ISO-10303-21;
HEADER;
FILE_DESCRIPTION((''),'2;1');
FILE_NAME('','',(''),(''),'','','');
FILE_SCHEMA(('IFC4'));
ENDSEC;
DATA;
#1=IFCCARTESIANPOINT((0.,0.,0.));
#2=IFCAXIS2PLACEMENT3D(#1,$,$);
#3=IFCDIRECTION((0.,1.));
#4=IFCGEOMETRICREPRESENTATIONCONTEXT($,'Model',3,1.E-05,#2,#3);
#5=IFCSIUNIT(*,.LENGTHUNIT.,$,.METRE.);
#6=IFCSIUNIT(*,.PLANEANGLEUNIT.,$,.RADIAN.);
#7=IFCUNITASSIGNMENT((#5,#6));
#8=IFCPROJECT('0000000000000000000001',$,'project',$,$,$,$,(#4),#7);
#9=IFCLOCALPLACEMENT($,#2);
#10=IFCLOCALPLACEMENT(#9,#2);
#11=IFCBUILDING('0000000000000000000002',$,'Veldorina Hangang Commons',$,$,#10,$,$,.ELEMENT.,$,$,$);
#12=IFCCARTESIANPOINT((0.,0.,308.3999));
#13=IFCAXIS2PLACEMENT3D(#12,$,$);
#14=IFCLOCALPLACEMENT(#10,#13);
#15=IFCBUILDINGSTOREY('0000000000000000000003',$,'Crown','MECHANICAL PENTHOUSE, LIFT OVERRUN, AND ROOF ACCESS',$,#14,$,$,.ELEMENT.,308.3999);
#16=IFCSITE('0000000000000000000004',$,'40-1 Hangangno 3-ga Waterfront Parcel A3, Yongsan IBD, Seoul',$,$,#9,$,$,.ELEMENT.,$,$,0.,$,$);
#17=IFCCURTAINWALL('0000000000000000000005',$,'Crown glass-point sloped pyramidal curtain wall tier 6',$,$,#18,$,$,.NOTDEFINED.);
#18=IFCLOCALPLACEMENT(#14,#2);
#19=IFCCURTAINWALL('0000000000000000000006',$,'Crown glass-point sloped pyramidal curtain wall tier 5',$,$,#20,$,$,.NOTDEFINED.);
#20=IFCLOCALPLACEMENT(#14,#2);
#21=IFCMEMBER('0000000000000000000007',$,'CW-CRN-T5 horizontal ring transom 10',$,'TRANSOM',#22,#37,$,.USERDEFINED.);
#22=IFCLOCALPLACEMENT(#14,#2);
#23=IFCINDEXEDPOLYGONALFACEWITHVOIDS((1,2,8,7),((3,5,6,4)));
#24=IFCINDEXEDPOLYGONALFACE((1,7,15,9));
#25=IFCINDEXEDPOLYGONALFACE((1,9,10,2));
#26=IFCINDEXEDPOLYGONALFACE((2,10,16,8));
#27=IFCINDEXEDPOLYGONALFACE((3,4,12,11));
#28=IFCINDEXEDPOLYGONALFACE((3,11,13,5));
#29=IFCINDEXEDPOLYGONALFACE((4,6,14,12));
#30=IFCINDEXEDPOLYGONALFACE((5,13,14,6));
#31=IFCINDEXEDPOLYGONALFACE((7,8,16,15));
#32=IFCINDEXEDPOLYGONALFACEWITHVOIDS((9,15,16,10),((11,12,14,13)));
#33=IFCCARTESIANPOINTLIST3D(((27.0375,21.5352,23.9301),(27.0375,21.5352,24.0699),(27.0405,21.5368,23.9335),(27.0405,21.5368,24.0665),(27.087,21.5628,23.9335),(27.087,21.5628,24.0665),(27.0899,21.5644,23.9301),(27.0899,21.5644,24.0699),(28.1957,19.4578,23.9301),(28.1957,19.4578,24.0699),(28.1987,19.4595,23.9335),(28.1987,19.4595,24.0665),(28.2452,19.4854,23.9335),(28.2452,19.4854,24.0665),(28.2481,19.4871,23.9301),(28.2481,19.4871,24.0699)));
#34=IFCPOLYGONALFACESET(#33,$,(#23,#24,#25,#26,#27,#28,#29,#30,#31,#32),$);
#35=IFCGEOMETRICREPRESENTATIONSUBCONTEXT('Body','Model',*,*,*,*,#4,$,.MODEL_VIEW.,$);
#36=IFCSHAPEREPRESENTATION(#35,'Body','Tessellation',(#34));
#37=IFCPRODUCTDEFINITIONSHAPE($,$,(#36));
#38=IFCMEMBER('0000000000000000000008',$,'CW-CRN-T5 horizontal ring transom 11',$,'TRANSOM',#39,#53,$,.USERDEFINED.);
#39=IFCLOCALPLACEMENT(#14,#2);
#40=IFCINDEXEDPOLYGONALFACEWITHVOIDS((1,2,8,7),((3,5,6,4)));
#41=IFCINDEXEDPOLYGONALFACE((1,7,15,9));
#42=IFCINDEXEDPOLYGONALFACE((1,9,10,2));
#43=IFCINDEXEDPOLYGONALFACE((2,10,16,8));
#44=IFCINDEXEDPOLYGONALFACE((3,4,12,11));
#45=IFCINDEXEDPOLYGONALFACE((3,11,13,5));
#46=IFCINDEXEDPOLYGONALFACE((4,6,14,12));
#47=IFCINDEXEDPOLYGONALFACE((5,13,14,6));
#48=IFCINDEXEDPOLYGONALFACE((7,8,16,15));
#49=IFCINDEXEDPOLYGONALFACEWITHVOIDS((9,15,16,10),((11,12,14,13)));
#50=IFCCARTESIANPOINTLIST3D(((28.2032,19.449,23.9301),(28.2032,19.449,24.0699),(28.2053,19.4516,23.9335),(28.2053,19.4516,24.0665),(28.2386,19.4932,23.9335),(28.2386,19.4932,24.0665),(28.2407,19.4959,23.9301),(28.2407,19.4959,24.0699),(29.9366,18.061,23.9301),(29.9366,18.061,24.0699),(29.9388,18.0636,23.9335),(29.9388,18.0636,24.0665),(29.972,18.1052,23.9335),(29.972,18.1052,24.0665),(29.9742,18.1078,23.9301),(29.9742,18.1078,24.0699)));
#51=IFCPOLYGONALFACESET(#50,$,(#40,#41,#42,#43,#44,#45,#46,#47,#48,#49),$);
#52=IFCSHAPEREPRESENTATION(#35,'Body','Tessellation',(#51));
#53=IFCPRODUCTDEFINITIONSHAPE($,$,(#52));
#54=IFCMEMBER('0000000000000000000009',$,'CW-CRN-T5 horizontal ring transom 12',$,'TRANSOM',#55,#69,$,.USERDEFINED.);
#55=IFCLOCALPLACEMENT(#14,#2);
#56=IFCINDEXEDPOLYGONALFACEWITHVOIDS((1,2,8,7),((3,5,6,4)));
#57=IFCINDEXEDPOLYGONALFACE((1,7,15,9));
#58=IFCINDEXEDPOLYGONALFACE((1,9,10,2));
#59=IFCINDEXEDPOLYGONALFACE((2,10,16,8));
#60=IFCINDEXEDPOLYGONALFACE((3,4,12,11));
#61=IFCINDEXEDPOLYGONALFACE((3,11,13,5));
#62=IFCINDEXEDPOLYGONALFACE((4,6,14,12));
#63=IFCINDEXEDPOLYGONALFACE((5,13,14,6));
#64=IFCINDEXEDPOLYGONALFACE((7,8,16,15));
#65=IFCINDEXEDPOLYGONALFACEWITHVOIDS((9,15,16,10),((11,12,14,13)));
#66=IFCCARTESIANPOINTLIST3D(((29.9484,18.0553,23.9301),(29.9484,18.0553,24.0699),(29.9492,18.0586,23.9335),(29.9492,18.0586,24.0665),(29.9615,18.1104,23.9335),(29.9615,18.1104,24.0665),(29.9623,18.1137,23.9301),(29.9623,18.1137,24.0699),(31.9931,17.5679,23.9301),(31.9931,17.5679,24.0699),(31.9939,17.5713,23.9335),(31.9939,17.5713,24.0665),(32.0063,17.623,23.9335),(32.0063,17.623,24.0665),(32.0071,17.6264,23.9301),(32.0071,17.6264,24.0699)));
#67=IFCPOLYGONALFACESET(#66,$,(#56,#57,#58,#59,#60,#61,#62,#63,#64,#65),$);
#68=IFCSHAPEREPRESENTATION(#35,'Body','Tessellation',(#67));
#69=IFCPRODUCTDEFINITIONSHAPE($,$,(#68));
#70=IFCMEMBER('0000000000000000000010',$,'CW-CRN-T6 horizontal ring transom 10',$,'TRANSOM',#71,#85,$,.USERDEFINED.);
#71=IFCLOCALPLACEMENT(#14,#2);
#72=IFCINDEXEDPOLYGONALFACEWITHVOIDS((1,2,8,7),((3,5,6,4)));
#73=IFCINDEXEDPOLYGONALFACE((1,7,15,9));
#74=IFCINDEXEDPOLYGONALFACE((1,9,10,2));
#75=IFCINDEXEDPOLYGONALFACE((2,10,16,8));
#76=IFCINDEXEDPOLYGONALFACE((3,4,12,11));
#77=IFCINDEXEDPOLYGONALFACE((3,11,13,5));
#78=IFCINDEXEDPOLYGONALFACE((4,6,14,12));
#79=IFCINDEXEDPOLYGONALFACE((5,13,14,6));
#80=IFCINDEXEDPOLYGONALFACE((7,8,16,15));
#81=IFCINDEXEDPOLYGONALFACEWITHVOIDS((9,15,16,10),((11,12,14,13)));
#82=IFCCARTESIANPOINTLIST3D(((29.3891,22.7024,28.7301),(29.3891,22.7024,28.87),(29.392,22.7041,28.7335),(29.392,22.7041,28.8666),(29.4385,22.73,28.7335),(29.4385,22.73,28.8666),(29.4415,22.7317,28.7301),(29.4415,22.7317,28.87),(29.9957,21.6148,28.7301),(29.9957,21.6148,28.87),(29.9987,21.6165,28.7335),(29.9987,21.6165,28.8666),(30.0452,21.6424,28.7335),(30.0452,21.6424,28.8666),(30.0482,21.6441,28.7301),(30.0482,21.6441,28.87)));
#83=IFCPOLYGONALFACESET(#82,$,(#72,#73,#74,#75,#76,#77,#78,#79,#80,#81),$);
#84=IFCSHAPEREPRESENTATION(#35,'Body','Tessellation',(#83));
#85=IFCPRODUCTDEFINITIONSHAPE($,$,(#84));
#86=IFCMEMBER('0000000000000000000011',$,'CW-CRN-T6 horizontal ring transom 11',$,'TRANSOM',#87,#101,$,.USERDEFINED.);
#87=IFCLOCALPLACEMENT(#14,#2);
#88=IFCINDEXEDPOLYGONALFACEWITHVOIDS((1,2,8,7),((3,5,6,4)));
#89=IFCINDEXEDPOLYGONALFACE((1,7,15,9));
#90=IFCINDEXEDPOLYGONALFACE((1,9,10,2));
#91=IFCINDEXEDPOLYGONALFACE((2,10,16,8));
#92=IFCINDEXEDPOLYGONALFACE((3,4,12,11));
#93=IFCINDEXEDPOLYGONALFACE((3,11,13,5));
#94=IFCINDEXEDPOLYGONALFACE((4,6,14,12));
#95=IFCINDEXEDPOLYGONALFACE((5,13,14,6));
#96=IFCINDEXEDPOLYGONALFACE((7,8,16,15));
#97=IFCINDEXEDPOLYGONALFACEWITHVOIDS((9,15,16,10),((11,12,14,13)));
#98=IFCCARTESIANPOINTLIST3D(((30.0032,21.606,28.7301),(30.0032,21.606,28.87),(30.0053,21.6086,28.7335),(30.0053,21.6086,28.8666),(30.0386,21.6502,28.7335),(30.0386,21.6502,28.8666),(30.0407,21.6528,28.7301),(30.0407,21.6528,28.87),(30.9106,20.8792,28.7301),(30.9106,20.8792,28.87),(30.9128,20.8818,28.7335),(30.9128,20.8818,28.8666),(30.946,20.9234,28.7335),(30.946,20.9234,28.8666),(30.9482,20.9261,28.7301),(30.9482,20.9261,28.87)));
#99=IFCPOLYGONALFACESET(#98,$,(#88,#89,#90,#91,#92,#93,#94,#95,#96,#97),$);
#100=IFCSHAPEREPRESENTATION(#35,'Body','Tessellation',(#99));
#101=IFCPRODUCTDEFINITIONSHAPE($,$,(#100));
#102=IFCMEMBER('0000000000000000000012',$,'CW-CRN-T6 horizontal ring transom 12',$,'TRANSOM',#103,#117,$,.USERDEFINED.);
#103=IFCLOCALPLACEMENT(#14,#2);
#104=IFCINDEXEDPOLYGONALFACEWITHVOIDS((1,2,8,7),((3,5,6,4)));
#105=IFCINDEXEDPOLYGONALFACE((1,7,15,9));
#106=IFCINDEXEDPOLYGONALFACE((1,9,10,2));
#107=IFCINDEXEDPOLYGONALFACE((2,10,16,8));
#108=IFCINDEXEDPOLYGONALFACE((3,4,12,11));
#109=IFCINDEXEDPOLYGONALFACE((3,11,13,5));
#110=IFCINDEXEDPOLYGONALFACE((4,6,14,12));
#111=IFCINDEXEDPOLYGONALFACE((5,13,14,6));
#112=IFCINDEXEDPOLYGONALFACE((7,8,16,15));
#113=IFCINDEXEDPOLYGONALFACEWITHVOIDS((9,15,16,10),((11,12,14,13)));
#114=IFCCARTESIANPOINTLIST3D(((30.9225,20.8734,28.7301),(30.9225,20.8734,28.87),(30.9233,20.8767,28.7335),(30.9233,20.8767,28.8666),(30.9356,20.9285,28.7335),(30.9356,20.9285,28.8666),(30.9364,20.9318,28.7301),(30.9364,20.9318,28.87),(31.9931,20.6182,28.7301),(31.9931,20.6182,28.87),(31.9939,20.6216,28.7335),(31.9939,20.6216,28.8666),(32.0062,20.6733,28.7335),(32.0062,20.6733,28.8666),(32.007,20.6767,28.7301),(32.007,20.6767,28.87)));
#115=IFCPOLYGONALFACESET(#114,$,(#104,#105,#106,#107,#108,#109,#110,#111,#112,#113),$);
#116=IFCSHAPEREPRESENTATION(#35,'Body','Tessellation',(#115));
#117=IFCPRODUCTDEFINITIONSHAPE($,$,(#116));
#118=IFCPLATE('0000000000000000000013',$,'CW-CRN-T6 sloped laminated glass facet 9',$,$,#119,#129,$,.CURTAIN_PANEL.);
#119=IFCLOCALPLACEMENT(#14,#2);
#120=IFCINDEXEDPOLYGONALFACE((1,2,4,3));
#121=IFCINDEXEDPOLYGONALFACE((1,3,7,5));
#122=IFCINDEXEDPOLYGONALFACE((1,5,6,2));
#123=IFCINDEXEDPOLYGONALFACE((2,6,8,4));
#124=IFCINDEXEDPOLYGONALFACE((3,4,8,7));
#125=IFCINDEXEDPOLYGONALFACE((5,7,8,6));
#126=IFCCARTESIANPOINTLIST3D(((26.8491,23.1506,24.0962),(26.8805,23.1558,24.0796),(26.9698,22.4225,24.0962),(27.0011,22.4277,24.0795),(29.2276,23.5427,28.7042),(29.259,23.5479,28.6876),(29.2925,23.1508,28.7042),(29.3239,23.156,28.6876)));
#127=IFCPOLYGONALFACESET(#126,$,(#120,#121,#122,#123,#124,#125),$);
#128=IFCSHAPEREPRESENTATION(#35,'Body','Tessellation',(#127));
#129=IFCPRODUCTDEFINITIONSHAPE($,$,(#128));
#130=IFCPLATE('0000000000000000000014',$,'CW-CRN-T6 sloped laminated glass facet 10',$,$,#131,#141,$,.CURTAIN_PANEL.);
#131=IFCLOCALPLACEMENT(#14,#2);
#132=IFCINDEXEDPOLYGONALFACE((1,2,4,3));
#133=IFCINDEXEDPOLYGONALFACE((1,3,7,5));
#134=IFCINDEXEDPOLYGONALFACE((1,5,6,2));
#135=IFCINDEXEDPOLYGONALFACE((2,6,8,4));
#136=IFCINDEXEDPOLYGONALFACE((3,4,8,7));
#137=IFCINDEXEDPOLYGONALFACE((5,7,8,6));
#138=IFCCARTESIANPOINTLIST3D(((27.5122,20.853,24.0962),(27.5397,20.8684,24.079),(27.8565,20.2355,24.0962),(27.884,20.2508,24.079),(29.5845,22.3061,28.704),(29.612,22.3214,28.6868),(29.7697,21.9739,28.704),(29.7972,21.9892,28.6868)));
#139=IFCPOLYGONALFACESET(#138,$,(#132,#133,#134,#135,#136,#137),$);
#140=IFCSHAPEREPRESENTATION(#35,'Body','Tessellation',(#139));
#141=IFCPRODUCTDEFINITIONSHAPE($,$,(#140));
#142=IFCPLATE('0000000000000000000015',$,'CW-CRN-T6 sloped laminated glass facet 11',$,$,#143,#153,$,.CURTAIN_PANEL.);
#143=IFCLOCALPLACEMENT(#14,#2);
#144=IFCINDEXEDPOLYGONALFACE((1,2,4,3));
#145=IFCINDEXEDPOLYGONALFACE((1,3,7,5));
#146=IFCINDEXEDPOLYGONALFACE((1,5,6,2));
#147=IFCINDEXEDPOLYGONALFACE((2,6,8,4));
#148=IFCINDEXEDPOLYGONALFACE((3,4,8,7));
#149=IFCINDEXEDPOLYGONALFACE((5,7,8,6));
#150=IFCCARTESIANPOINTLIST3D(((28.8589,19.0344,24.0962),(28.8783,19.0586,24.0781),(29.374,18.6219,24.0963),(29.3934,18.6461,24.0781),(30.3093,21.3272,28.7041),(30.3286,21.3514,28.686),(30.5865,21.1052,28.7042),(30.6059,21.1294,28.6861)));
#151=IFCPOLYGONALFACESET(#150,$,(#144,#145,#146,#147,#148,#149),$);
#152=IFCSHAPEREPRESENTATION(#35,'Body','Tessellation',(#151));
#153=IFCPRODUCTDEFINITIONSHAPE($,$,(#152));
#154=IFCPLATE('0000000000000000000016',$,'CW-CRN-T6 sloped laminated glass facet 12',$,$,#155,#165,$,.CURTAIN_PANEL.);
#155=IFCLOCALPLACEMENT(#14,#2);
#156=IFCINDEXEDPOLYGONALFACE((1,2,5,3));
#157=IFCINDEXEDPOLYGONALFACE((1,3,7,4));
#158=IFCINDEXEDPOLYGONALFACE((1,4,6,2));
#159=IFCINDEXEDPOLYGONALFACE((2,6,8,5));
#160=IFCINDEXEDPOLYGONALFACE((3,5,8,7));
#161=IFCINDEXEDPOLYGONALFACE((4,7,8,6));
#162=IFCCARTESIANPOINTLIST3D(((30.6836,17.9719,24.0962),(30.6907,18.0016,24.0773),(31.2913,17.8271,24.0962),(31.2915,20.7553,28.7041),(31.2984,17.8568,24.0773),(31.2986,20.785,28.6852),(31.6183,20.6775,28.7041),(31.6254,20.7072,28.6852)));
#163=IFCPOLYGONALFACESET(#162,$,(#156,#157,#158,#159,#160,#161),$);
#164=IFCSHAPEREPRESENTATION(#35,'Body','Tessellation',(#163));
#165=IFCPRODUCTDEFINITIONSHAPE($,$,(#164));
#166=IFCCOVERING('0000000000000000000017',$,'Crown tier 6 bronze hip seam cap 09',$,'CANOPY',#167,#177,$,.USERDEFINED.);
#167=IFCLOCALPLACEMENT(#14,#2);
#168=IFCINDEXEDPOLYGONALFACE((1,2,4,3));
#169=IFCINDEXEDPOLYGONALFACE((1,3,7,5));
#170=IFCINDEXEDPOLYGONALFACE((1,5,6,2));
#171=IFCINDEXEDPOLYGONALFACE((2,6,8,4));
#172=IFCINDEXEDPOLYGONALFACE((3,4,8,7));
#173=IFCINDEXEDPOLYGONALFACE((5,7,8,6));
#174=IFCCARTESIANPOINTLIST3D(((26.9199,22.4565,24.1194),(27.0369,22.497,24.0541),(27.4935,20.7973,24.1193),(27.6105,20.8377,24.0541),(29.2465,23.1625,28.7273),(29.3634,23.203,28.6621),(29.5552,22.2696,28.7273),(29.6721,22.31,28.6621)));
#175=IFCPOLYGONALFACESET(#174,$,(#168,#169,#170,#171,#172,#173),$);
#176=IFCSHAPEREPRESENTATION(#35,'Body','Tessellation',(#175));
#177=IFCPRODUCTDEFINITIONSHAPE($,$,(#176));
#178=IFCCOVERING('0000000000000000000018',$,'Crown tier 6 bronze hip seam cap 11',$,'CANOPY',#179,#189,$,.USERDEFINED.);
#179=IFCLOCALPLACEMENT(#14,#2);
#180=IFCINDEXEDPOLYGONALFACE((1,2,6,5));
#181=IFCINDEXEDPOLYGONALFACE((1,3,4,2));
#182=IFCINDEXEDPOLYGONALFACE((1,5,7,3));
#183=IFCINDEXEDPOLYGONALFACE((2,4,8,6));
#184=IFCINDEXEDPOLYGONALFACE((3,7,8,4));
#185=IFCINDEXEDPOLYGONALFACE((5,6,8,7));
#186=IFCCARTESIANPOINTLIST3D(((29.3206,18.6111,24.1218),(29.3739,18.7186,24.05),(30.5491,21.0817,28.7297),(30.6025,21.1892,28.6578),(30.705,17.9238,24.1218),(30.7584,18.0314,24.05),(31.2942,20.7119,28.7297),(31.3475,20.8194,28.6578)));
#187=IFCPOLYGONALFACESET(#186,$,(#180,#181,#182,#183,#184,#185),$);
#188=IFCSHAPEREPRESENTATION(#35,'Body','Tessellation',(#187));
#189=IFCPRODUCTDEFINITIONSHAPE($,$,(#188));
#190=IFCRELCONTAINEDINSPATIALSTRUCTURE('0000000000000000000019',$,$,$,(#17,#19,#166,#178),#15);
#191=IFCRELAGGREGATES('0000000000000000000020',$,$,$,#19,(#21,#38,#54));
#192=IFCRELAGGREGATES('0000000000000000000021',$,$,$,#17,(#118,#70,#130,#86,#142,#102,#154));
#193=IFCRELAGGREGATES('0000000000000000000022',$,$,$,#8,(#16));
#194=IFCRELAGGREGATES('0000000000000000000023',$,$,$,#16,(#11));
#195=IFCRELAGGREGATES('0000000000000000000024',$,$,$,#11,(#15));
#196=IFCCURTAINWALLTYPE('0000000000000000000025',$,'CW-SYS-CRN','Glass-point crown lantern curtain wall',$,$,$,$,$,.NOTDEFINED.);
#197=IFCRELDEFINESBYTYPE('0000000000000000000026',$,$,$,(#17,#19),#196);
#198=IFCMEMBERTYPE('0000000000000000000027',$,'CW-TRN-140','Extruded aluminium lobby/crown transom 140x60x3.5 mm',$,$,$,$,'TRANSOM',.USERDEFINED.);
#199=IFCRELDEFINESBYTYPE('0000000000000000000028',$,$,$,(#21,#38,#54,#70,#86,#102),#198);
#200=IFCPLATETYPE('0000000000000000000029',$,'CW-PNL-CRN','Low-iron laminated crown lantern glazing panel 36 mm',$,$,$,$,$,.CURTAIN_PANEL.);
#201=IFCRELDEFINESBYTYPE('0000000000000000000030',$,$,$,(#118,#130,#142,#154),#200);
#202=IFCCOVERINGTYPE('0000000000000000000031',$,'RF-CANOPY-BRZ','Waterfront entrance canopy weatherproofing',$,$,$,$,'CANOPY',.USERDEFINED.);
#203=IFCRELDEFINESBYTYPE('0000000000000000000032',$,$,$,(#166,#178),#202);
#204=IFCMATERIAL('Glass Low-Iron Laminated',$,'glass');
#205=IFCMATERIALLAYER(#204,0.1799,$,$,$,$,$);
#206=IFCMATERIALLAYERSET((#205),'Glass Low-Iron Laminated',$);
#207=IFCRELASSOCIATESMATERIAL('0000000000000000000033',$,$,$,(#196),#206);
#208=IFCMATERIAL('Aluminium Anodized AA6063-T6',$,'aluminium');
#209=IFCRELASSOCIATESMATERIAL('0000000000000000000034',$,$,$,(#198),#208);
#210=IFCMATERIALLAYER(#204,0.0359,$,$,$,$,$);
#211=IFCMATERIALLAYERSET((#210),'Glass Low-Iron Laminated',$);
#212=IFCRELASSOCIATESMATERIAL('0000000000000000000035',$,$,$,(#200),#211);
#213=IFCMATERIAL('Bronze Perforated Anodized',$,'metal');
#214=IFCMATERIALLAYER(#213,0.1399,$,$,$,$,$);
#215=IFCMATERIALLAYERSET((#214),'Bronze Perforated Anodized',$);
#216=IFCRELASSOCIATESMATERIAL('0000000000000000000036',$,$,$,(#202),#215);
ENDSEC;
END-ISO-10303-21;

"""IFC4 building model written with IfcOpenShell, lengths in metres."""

from ifc_helpers import new_model, si_unit, direction, frame, origin, origin_2d, place, context, subcontext, project, spatial, polyline, hollow_rectangle, outline, extrude, material, layer, layer_set, material_profile, profile_set, type_object, element, aggregate, save


model = new_model("IFC4")

# Units and contexts
model_context = context("Model", 3, precision=1e-05, world=origin(), true_north=direction((0.0, 1.0)))
body_context = subcontext(model_context, "Body", "Model", "MODEL_VIEW")
ifc_project = project(units=[si_unit("LENGTHUNIT", "METRE"), si_unit("PLANEANGLEUNIT", "RADIAN")], contexts=[model_context])

# Site, building, storey
site_placement = place(None, origin())
site = spatial("IfcSite", under=ifc_project, at=site_placement, Name="40-1 Hangangno 3-ga Waterfront Parcel A3, Yongsan IBD, Seoul", CompositionType="ELEMENT", RefElevation=0.0)
building_placement = place(site_placement, origin())
building = spatial("IfcBuilding", under=site, at=building_placement, Name="Veldorina Hangang Commons", CompositionType="ELEMENT")
storey_placement = place(building_placement, frame((0.0, 0.0, 308.3999)))
storey = spatial("IfcBuildingStorey", under=building, at=storey_placement, Name="Crown", Description="MECHANICAL PENTHOUSE, LIFT OVERRUN, AND ROOF ACCESS", CompositionType="ELEMENT", Elevation=308.3999)

# Curtain walls, members
ifc_material_1 = material(Name="Glass Low-Iron Laminated", Category="glass")
ifc_layer_1 = layer(ifc_material_1, 0.1799)
ifc_layer_set_1 = layer_set([ifc_layer_1], Name="Glass Low-Iron Laminated")
curtain_wall_type = type_object("IfcCurtainWallType", Name="CW-SYS-CRN", Description="Glass-point crown lantern curtain wall", PredefinedType="NOTDEFINED", material=ifc_layer_set_1)
curtain_wall_1_placement = place(storey_placement, origin())
curtain_wall_1 = element("IfcCurtainWall", 1, at=curtain_wall_1_placement, inside=storey, type_object=curtain_wall_type, Name="Crown glass-point sloped pyramidal curtain wall tier 6", PredefinedType="NOTDEFINED")
ifc_material_2 = material(Name="Aluminium Anodized AA6063-T6", Category="aluminium")
curtain_wall_2_placement = place(storey_placement, origin())
curtain_wall_2 = element("IfcCurtainWall", 2, at=curtain_wall_2_placement, inside=storey, type_object=curtain_wall_type, Name="Crown glass-point sloped pyramidal curtain wall tier 5", PredefinedType="NOTDEFINED")
ifc_material_profile_1 = material_profile(ifc_material_2, hollow_rectangle(XDim=0.0601, YDim=0.1399, WallThickness=0.0034, at=origin_2d()), Name="ALU-RHS-140x60x3.5")
ifc_profile_set_1 = profile_set([ifc_material_profile_1], Name="Aluminium Anodized AA6063-T6")
member_type_1 = type_object("IfcMemberType", Name="CW-TRN-140", Description="Extruded aluminium lobby/crown transom 140x60x3.5 mm", ElementType="TRANSOM", PredefinedType="USERDEFINED", material=ifc_profile_set_1)
member_1_placement = place(storey_placement, frame((27.0637, 21.5498, 24.0), z_axis=(0.486958, -0.873425, 0.0), x_axis=(0.873425, 0.486958, 0.0)))
member_1 = element("IfcMember", 3, at=member_1_placement, type_object=member_type_1, Name="CW-CRN-T5 horizontal ring transom 10", ObjectType="TRANSOM", PredefinedType="USERDEFINED", context=body_context, shape_type="SweptSolid", body=[
    extrude(hollow_rectangle(XDim=0.0601, YDim=0.1399, WallThickness=0.0034, at=origin_2d()), origin(), (0.0, 0.0, 1.0), 2.3784),
])
member_2_placement = place(storey_placement, frame((28.2219, 19.4724, 24.0), z_axis=(0.780601, -0.62503, 0.0), x_axis=(0.62503, 0.780601, 0.0)))
member_2 = element("IfcMember", 4, at=member_2_placement, type_object=member_type_1, Name="CW-CRN-T5 horizontal ring transom 11", ObjectType="TRANSOM", PredefinedType="USERDEFINED", context=body_context, shape_type="SweptSolid", body=[
    extrude(hollow_rectangle(XDim=0.0601, YDim=0.1399, WallThickness=0.0034, at=origin_2d()), origin(), (0.0, 0.0, 1.0), 2.2207),
])
member_3_placement = place(storey_placement, frame((29.9553, 18.0845, 24.0), z_axis=(0.972755, -0.231835, 0.0), x_axis=(0.231835, 0.972755, 0.0)))
member_3 = element("IfcMember", 5, at=member_3_placement, type_object=member_type_1, Name="CW-CRN-T5 horizontal ring transom 12", ObjectType="TRANSOM", PredefinedType="USERDEFINED", context=body_context, shape_type="SweptSolid", body=[
    extrude(hollow_rectangle(XDim=0.0601, YDim=0.1399, WallThickness=0.0034, at=origin_2d()), origin(), (0.0, 0.0, 1.0), 2.1021),
])
aggregate(curtain_wall_2, [member_1, member_2, member_3])

# Members
member_4_placement = place(storey_placement, frame((29.4153, 22.717, 28.8), z_axis=(0.48714, -0.873324, 0.0), x_axis=(0.873324, 0.48714, 0.0)))
member_4 = element("IfcMember", 6, at=member_4_placement, type_object=member_type_1, Name="CW-CRN-T6 horizontal ring transom 10", ObjectType="TRANSOM", PredefinedType="USERDEFINED", context=body_context, shape_type="SweptSolid", body=[
    extrude(hollow_rectangle(XDim=0.0601, YDim=0.1399, WallThickness=0.0034, at=origin_2d()), origin(), (0.0, 0.0, 1.0), 1.2454),
])
member_5_placement = place(storey_placement, frame((30.022, 21.6294, 28.8), z_axis=(0.78052, -0.62513, 0.0), x_axis=(0.62513, 0.78052, 0.0)))
member_5 = element("IfcMember", 7, at=member_5_placement, type_object=member_type_1, Name="CW-CRN-T6 horizontal ring transom 11", ObjectType="TRANSOM", PredefinedType="USERDEFINED", context=body_context, shape_type="SweptSolid", body=[
    extrude(hollow_rectangle(XDim=0.0601, YDim=0.1399, WallThickness=0.0034, at=origin_2d()), origin(), (0.0, 0.0, 1.0), 1.1626),
])
member_6_placement = place(storey_placement, frame((30.9294, 20.9026, 28.8), z_axis=(0.972759, -0.23182, 0.0), x_axis=(0.23182, 0.972759, 0.0)))
member_6 = element("IfcMember", 8, at=member_6_placement, type_object=member_type_1, Name="CW-CRN-T6 horizontal ring transom 12", ObjectType="TRANSOM", PredefinedType="USERDEFINED", context=body_context, shape_type="SweptSolid", body=[
    extrude(hollow_rectangle(XDim=0.0601, YDim=0.1399, WallThickness=0.0034, at=origin_2d()), origin(), (0.0, 0.0, 1.0), 1.1006),
])

# Plates
ifc_layer_2 = layer(ifc_material_1, 0.0359)
ifc_layer_set_2 = layer_set([ifc_layer_2], Name="Glass Low-Iron Laminated")
plate_type = type_object("IfcPlateType", Name="CW-PNL-CRN", Description="Low-iron laminated crown lantern glazing panel 36 mm", PredefinedType="CURTAIN_PANEL", material=ifc_layer_set_2)
plate_1_placement = place(storey_placement, frame((26.8491, 23.1506, 24.0962), z_axis=(-0.874161, -0.144836, 0.463535), x_axis=(0.163452, -0.986551, -0.00001)))
plate_1 = element("IfcPlate", 9, at=plate_1_placement, type_object=plate_type, Name="CW-CRN-T6 sloped laminated glass facet 9", PredefinedType="CURTAIN_PANEL", context=body_context, shape_type="SweptSolid", body=[
    extrude(outline(polyline([(0.0, 0.0), (0.738, 0.0), (0.3992, 5.2004), (0.002, 5.2004), (0.0, 0.0)])), origin(), (0.0, 0.0, -1.0), 0.0359),
])
plate_2_placement = place(storey_placement, frame((27.5122, 20.853, 24.0962), z_axis=(-0.766463, -0.427367, 0.47947), x_axis=(0.486988, -0.873409, -0.000016)))
plate_2 = element("IfcPlate", 10, at=plate_2_placement, type_object=plate_type, Name="CW-CRN-T6 sloped laminated glass facet 10", PredefinedType="CURTAIN_PANEL", context=body_context, shape_type="SweptSolid", body=[
    extrude(outline(polyline([(0.0, 0.0), (0.707, 0.0), (0.1204, 5.2507), (-0.26, 5.2507), (0.0, 0.0)])), origin(), (0.0, 0.0, -1.0), 0.0359),
])
plate_3_placement = place(storey_placement, frame((28.8589, 19.0344, 24.0962), z_axis=(-0.539555, -0.673666, 0.505029), x_axis=(0.78056, -0.62508, 0.00012)))
plate_3 = element("IfcPlate", 11, at=plate_3_placement, type_object=plate_type, Name="CW-CRN-T6 sloped laminated glass facet 11", PredefinedType="CURTAIN_PANEL", context=body_context, shape_type="SweptSolid", body=[
    extrude(outline(polyline([(0.0, 0.0), (0.6599, 0.0), (0.0547, 5.3389), (-0.3005, 5.3389), (0.0, 0.0)])), origin(), (0.0, 0.0, -1.0), 0.0359),
])
plate_4_placement = place(storey_placement, frame((30.6836, 17.9719, 24.0962), z_axis=(-0.197132, -0.827434, 0.525826), x_axis=(0.972773, -0.231759, -0.000002)))
plate_4 = element("IfcPlate", 12, at=plate_4_placement, type_object=plate_type, Name="CW-CRN-T6 sloped laminated glass facet 12", PredefinedType="CURTAIN_PANEL", context=body_context, shape_type="SweptSolid", body=[
    extrude(outline(polyline([(0.0, 0.0), (0.6248, 0.0), (0.2822, 5.4172), (-0.0537, 5.4172), (0.0, 0.0)])), origin(), (0.0, 0.0, -1.0), 0.0359),
])
aggregate(curtain_wall_1, [plate_1, member_4, plate_2, member_5, plate_3, member_6, plate_4])

# Coverings
ifc_material_3 = material(Name="Bronze Perforated Anodized", Category="metal")
ifc_layer_3 = layer(ifc_material_3, 0.1399)
ifc_layer_set_3 = layer_set([ifc_layer_3], Name="Bronze Perforated Anodized")
covering_type = type_object("IfcCoveringType", Name="RF-CANOPY-BRZ", Description="Waterfront entrance canopy weatherproofing", ElementType="CANOPY", PredefinedType="USERDEFINED", material=ifc_layer_set_3)
covering_1_placement = place(storey_placement, frame((26.9199, 22.4565, 24.1194), z_axis=(-0.836029, -0.289019, 0.466393), x_axis=(0.326721, -0.945121, -0.000022)))
element("IfcCovering", 13, at=covering_1_placement, inside=storey, type_object=covering_type, Name="Crown tier 6 bronze hip seam cap 09", ObjectType="CANOPY", PredefinedType="USERDEFINED", context=body_context, shape_type="SweptSolid", body=[
    extrude(outline(polyline([(0.0, 0.0), (1.7556, 0.0), (1.0376, 5.2092), (0.0928, 5.2092), (0.0, 0.0)])), origin(), (0.0, 0.0, -1.0), 0.1399),
])
covering_2_placement = place(storey_placement, frame((29.3206, 18.6111, 24.1218), z_axis=(-0.381462, -0.768474, 0.513746), x_axis=(0.895718, -0.444623, 0.000001)))
element("IfcCovering", 14, at=covering_2_placement, inside=storey, type_object=covering_type, Name="Crown tier 6 bronze hip seam cap 11", ObjectType="CANOPY", PredefinedType="USERDEFINED", context=body_context, shape_type="SweptSolid", body=[
    extrude(outline(polyline([(0.0, 0.0), (1.5457, 0.0), (0.8337, 5.3708), (0.002, 5.3708), (0.0, 0.0)])), origin(), (0.0, 0.0, -1.0), 0.1399),
])

save(model, "model.ifc")
